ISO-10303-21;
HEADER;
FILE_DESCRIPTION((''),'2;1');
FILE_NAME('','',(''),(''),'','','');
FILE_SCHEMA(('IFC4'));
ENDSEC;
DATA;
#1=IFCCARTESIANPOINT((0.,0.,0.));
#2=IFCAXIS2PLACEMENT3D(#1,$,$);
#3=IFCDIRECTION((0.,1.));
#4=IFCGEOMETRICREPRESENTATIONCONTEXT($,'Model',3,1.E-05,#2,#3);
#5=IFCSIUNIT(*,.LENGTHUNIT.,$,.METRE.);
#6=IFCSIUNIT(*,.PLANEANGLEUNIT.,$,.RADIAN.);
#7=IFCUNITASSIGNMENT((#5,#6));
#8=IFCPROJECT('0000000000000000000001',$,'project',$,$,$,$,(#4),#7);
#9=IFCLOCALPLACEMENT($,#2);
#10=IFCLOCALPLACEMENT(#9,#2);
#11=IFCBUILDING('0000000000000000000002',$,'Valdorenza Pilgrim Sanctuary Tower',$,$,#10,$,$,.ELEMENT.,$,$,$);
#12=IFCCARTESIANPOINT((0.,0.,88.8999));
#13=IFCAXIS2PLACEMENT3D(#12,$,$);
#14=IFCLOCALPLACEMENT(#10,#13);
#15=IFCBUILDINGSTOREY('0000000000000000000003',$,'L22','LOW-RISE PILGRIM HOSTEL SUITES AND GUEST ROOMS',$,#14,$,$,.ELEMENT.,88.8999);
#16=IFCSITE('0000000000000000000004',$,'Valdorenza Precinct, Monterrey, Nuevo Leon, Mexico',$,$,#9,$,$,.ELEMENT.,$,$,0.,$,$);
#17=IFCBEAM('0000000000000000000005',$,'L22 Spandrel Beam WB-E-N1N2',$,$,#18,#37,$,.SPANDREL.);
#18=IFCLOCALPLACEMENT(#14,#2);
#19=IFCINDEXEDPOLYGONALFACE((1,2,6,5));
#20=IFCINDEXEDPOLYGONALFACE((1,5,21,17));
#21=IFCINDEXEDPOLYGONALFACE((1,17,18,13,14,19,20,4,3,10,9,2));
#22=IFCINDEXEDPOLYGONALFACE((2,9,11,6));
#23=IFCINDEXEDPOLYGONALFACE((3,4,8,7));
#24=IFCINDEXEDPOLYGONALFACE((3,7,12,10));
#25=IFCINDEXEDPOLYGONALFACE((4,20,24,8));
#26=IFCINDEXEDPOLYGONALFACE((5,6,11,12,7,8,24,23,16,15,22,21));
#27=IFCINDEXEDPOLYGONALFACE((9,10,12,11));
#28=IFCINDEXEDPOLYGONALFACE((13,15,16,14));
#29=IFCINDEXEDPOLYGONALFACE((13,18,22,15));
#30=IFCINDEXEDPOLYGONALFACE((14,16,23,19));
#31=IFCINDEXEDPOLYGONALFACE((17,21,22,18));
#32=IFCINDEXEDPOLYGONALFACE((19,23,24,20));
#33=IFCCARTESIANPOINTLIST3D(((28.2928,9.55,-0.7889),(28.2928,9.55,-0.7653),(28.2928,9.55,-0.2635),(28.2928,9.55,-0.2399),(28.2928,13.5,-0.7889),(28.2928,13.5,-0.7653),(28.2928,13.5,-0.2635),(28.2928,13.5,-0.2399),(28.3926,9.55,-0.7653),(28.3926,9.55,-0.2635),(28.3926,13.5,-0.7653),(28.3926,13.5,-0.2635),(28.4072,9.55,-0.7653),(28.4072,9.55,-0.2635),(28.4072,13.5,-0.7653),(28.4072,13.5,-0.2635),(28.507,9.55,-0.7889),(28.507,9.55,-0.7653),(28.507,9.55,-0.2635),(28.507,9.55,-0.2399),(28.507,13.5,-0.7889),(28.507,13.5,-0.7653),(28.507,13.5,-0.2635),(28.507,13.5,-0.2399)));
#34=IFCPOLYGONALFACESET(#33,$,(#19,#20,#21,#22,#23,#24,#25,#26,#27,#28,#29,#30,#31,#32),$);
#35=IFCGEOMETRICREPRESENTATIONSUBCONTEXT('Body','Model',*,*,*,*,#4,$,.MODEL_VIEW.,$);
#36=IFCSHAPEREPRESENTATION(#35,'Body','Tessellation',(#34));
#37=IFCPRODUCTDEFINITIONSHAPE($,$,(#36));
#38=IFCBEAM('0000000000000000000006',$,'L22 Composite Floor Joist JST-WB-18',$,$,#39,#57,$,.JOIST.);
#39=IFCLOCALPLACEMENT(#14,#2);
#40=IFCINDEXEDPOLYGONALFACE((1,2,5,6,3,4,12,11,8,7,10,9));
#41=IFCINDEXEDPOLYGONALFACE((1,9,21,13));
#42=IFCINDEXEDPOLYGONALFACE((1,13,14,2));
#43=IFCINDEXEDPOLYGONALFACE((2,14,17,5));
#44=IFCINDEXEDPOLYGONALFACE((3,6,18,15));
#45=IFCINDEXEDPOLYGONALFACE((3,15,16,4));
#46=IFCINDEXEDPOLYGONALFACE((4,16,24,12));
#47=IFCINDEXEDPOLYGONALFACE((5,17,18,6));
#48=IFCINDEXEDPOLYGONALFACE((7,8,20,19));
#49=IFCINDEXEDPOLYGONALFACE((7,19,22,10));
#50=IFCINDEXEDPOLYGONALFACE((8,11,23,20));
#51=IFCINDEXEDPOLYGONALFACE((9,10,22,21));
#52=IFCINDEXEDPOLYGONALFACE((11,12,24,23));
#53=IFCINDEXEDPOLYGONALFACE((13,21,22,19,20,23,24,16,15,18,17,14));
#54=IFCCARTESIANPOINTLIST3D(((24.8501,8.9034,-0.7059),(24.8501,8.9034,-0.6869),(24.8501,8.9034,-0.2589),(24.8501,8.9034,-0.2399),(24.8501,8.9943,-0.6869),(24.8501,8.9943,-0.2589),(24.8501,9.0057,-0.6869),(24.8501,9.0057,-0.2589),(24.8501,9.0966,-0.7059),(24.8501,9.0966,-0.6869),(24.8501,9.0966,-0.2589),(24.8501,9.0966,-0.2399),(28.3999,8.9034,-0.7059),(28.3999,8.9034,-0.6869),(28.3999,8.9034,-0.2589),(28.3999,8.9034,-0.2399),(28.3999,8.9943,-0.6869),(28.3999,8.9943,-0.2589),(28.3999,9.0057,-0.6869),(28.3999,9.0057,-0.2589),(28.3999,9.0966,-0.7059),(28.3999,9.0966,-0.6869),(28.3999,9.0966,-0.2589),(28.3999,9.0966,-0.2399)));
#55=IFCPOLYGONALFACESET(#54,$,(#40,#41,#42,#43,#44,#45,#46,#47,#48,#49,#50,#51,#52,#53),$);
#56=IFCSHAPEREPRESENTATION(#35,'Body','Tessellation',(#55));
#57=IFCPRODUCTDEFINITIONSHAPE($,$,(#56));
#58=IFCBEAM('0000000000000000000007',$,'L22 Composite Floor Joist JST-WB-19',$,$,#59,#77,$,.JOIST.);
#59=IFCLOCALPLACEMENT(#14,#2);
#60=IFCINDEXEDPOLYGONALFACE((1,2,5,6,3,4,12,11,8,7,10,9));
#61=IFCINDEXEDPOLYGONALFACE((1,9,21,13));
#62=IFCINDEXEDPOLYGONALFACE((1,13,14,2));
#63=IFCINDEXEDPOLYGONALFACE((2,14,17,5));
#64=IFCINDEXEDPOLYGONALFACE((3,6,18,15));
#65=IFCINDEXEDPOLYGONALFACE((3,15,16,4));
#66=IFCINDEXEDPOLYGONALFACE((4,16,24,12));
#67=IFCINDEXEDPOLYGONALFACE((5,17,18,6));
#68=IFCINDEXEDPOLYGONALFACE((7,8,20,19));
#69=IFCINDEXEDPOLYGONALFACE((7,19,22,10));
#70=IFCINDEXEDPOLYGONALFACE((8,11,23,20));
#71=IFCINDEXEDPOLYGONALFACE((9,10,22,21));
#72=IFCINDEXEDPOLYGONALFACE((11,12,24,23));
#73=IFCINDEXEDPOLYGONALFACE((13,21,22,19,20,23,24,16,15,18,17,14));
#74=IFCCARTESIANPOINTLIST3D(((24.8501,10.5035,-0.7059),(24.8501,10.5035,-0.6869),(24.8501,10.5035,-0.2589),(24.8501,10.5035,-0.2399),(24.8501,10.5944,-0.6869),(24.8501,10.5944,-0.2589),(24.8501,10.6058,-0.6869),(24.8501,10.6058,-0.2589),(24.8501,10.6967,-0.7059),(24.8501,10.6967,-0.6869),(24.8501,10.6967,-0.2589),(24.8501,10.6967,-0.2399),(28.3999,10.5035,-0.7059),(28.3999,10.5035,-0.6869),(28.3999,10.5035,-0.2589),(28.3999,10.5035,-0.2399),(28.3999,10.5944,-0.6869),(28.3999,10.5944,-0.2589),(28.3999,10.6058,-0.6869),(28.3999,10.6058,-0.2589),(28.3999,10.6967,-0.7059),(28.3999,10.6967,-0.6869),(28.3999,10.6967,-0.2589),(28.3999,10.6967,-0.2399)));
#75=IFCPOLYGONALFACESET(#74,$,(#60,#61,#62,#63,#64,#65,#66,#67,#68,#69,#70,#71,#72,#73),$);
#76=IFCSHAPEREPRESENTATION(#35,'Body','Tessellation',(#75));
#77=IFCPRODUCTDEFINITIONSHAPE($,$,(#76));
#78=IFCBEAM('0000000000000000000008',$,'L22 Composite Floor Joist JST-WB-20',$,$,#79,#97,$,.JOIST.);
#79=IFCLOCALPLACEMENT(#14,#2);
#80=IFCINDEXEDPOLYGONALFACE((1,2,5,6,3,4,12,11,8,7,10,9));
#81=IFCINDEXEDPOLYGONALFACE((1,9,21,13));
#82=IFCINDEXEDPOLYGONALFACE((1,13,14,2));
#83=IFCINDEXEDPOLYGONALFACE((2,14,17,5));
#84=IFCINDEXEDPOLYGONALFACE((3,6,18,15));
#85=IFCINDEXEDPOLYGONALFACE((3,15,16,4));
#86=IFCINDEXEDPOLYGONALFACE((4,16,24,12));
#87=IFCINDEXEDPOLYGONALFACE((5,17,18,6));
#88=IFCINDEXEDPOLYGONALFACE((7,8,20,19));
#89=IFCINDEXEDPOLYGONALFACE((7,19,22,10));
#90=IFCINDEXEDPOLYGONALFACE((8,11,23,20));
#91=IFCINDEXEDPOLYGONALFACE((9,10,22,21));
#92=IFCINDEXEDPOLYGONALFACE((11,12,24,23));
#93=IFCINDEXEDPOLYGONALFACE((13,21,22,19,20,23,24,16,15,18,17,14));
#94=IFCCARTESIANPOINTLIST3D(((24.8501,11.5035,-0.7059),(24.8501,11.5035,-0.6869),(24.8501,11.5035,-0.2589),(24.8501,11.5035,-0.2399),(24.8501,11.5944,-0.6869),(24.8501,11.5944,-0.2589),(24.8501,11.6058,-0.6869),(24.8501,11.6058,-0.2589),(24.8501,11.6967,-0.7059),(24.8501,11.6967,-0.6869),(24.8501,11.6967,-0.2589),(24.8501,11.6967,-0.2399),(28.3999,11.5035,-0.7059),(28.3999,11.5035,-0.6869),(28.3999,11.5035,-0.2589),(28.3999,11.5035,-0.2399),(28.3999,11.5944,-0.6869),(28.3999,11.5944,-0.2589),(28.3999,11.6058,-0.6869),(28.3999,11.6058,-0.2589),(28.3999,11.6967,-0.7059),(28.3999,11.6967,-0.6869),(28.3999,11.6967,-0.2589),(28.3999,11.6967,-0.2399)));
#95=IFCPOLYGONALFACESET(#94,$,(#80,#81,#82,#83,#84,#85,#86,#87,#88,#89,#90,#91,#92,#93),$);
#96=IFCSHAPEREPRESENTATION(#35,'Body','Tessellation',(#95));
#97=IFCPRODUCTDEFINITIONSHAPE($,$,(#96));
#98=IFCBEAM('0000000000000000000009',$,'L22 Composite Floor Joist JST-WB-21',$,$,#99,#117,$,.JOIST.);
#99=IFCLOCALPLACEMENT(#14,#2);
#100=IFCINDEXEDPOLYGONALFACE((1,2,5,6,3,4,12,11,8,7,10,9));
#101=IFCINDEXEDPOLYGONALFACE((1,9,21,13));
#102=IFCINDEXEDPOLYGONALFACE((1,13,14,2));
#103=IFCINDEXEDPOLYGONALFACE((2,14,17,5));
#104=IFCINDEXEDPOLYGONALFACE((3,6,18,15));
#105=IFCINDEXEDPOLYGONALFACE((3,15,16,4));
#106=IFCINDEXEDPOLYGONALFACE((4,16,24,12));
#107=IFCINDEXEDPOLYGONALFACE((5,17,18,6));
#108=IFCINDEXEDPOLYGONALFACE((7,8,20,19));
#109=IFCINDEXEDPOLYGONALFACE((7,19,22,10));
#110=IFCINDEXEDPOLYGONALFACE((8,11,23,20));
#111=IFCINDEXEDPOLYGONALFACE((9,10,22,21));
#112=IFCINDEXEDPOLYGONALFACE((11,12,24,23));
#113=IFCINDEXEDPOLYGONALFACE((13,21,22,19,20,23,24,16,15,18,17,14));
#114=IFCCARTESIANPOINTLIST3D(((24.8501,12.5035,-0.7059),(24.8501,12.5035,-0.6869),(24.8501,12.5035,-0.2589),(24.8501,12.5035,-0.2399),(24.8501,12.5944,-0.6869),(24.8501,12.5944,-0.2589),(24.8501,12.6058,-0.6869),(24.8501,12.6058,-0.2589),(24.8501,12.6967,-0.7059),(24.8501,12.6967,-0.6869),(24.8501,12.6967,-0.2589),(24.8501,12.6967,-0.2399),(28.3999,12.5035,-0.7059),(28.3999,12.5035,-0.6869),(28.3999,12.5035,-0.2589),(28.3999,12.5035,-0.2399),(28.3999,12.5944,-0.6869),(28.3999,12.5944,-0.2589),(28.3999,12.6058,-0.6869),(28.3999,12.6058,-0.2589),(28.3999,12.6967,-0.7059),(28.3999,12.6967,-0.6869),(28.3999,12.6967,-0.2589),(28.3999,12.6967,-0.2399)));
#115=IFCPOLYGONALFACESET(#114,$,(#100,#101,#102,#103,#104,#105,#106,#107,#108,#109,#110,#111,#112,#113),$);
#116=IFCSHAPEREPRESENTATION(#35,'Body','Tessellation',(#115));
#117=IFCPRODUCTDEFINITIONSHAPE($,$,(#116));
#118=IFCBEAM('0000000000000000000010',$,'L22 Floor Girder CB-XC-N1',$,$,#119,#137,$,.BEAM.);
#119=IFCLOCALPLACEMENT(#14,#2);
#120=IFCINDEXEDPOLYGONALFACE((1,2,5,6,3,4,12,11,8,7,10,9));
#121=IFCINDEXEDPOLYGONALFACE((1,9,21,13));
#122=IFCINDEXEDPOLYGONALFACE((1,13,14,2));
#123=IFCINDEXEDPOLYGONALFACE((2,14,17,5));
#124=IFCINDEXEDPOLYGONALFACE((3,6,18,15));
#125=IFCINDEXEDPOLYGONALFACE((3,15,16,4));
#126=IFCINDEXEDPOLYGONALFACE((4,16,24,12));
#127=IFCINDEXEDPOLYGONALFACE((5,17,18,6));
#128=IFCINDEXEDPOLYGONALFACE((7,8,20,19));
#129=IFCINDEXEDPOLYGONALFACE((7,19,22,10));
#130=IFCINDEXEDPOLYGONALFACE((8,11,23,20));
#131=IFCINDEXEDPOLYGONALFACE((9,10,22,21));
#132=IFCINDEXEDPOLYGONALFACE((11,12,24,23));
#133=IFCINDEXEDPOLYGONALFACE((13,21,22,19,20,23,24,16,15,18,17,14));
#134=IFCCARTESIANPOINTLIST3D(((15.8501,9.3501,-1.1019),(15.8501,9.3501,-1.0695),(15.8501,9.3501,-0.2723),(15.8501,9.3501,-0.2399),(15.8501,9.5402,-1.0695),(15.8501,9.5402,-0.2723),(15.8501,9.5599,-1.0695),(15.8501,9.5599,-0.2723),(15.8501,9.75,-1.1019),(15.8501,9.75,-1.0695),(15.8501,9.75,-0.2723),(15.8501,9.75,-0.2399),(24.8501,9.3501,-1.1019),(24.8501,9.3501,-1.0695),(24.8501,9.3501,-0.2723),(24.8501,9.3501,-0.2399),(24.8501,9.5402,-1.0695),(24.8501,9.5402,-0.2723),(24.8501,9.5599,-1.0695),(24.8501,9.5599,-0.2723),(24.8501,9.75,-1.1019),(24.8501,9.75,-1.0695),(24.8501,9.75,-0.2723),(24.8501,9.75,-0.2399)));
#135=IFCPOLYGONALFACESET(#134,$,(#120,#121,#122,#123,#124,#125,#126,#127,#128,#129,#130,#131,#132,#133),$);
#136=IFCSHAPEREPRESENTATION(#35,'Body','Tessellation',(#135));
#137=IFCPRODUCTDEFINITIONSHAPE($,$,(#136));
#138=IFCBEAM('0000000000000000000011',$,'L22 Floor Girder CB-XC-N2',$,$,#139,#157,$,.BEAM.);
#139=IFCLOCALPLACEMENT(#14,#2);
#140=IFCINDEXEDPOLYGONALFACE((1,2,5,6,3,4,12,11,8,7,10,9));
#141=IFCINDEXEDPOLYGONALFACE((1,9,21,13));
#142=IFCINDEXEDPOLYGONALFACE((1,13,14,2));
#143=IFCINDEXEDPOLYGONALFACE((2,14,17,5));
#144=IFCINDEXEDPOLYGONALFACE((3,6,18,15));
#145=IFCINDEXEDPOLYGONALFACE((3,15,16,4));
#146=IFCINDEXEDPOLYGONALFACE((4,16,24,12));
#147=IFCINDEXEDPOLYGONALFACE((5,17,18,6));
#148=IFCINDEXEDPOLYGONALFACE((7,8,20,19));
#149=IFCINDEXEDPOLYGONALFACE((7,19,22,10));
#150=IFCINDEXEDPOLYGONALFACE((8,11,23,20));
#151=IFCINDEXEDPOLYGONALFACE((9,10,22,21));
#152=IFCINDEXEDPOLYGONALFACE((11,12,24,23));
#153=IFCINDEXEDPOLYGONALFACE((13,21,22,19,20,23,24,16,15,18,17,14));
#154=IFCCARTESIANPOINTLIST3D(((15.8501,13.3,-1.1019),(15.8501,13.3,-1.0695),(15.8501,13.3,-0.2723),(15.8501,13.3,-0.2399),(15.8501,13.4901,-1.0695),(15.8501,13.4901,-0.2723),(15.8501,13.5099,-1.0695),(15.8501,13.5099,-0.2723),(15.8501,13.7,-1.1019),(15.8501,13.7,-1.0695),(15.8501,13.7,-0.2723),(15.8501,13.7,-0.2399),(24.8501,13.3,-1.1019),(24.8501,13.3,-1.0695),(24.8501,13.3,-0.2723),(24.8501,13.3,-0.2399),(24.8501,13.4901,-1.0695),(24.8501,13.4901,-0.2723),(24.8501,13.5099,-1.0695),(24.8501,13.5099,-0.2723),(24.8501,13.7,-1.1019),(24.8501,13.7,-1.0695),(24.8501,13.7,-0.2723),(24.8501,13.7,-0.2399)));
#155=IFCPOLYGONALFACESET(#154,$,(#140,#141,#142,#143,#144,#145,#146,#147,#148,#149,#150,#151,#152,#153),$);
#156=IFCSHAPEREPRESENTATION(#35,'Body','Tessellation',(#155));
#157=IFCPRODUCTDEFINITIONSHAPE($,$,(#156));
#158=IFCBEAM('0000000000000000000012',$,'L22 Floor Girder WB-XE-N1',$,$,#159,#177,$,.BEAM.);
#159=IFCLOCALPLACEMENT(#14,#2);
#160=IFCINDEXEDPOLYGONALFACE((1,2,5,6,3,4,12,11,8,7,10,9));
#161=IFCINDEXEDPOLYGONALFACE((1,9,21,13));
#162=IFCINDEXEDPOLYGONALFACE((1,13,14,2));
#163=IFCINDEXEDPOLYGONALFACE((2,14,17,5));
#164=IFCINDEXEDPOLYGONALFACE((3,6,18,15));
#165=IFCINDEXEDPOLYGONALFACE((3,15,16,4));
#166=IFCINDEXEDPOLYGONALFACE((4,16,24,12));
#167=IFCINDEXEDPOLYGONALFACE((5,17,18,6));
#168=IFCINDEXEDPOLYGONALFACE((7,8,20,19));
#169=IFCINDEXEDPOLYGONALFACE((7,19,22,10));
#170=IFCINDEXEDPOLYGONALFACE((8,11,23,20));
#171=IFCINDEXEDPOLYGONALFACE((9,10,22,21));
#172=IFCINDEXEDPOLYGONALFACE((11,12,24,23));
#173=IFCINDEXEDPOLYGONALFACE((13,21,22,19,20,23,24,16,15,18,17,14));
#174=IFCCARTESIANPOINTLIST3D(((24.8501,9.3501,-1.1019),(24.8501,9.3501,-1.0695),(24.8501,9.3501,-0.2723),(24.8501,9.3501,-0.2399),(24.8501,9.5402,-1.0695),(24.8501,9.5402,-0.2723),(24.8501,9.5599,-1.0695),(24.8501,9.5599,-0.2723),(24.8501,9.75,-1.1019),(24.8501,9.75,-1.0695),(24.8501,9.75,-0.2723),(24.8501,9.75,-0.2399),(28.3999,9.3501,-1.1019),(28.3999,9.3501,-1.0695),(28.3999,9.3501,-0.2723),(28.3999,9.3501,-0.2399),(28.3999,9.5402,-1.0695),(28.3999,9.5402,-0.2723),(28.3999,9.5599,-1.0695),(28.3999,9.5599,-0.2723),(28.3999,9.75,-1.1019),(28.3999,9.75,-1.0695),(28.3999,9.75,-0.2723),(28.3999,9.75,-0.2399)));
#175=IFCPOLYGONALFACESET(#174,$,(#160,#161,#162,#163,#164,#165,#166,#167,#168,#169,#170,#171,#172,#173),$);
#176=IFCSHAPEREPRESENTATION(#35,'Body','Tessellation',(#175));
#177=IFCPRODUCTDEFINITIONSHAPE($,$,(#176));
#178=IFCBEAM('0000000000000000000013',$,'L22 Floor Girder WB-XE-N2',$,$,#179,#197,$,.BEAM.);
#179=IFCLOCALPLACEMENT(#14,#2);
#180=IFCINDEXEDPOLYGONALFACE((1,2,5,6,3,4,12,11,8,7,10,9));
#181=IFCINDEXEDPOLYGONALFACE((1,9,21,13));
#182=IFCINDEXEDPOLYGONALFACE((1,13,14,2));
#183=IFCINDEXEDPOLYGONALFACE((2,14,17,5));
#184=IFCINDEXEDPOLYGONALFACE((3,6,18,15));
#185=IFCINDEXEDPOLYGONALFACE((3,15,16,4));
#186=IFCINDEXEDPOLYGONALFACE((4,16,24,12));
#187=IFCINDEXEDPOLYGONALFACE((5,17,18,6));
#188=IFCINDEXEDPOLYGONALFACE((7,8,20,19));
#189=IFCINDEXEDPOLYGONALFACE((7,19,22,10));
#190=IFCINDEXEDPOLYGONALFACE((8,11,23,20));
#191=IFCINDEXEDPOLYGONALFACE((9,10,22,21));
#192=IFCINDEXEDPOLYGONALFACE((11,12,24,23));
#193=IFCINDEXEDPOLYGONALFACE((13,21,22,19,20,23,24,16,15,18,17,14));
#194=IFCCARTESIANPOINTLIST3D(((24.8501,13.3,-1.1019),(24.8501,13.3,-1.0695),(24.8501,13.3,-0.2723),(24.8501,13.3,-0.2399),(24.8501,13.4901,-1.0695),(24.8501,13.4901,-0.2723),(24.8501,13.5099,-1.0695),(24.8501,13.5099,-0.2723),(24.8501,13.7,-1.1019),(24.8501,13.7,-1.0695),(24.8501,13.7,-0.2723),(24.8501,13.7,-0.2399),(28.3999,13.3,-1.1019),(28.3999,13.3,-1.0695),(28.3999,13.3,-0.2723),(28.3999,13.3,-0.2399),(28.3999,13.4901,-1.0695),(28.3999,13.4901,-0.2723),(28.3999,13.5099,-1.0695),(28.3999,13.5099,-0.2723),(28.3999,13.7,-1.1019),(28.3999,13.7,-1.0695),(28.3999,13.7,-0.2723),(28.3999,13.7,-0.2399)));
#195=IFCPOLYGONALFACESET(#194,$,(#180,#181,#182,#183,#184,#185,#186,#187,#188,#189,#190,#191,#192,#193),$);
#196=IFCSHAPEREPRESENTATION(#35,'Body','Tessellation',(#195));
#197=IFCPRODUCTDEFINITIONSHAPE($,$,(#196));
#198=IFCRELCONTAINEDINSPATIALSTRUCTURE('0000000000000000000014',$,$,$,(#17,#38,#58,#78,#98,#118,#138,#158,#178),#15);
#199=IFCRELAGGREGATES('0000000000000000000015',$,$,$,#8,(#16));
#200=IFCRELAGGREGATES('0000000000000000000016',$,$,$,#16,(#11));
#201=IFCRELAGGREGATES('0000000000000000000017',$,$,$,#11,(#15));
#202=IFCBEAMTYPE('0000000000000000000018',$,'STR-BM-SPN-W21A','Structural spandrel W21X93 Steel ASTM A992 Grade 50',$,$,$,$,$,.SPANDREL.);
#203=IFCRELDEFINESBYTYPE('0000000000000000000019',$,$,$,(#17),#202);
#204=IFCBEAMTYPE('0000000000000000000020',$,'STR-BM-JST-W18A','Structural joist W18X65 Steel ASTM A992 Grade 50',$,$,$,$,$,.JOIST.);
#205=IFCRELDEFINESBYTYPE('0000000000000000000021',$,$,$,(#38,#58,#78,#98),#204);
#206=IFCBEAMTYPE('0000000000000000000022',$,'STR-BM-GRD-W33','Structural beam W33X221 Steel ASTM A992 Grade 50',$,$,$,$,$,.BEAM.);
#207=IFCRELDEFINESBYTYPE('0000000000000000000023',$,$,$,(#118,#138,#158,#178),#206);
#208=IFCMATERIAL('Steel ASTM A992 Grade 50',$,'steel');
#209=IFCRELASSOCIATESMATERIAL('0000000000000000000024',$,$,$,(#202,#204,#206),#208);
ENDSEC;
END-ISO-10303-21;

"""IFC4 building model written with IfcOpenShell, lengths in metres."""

from ifc_helpers import new_model, si_unit, direction, frame, origin, origin_2d, place, context, subcontext, project, spatial, i_section, extrude, source, transform, mapped, material, material_profile, profile_set, type_object, element, save


model = new_model("IFC4")

# Units and contexts
model_context = context("Model", 3, precision=1e-05, world=origin(), true_north=direction((0.0, 1.0)))
body_context = subcontext(model_context, "Body", "Model", "MODEL_VIEW")
ifc_project = project(units=[si_unit("LENGTHUNIT", "METRE"), si_unit("PLANEANGLEUNIT", "RADIAN")], contexts=[model_context])

# Site, building, storey
site_placement = place(None, origin())
site = spatial("IfcSite", under=ifc_project, at=site_placement, Name="Valdorenza Precinct, Monterrey, Nuevo Leon, Mexico", CompositionType="ELEMENT", RefElevation=0.0)
building_placement = place(site_placement, origin())
building = spatial("IfcBuilding", under=site, at=building_placement, Name="Valdorenza Pilgrim Sanctuary Tower", CompositionType="ELEMENT")
storey_placement = place(building_placement, frame((0.0, 0.0, 88.8999)))
storey = spatial("IfcBuildingStorey", under=building, at=storey_placement, Name="L22", Description="LOW-RISE PILGRIM HOSTEL SUITES AND GUEST ROOMS", CompositionType="ELEMENT", Elevation=88.8999)

# Beams
ifc_material_1 = material(Name="Steel ASTM A992 Grade 50", Category="steel")
ifc_material_profile_1 = material_profile(ifc_material_1, i_section(OverallWidth=0.2141, OverallDepth=0.5491, WebThickness=0.0146, FlangeThickness=0.0237, at=origin_2d()), Name="W21X93")
ifc_profile_set_1 = profile_set([ifc_material_profile_1], Name="Steel ASTM A992 Grade 50")
beam_type_1 = type_object("IfcBeamType", Name="STR-BM-SPN-W21A", Description="Structural spandrel W21X93 Steel ASTM A992 Grade 50", PredefinedType="SPANDREL", material=ifc_profile_set_1)
shared_shape_1 = source(origin(), body_context, "Body", "SweptSolid", [
    extrude(i_section(OverallWidth=0.2141, OverallDepth=0.5491, WebThickness=0.0146, FlangeThickness=0.0237, at=origin_2d()), origin(), (0.0, 0.0, 1.0), 3.95),
])
beam_placement = place(storey_placement, frame((28.3999, 9.55, -0.5144), z_axis=(0.0, 1.0, 0.0), x_axis=(-1.0, 0.0, 0.0)))
element("IfcBeam", 1, at=beam_placement, inside=storey, type_object=beam_type_1, Name="L22 Spandrel Beam WB-E-N1N2", PredefinedType="SPANDREL", context=body_context, shape_type="MappedRepresentation", body=[
    mapped(shared_shape_1, transform((0.0, 0.0, 0.0), x_axis=(1.0, 0.0, 0.0), y_axis=(0.0, 1.0, 0.0), z_axis=(0.0, 0.0, 1.0), scale=1.0)),
])
ifc_material_profile_2 = material_profile(ifc_material_1, i_section(OverallWidth=0.1931, OverallDepth=0.4661, WebThickness=0.0115, FlangeThickness=0.019, at=origin_2d()), Name="W18X65")
ifc_profile_set_2 = profile_set([ifc_material_profile_2], Name="Steel ASTM A992 Grade 50")
beam_type_2 = type_object("IfcBeamType", Name="STR-BM-JST-W18A", Description="Structural joist W18X65 Steel ASTM A992 Grade 50", PredefinedType="JOIST", material=ifc_profile_set_2)
shared_shape_2 = source(origin(), body_context, "Body", "SweptSolid", [
    extrude(i_section(OverallWidth=0.1931, OverallDepth=0.4661, WebThickness=0.0115, FlangeThickness=0.019, at=origin_2d()), origin(), (0.0, 0.0, 1.0), 3.5498),
])
for number, where, z_axis, x_axis, name in (
    (2, (24.8501, 9.0, -0.4729), (1.0, 0.0, 0.0), (0.0, 1.0, 0.0), "L22 Composite Floor Joist JST-WB-18"),
    (3, (24.8501, 10.6001, -0.4729), (1.0, 0.0, 0.0), (0.0, 1.0, 0.0), "L22 Composite Floor Joist JST-WB-19"),
    (4, (24.8501, 11.6001, -0.4729), (1.0, 0.0, 0.0), (0.0, 1.0, 0.0), "L22 Composite Floor Joist JST-WB-20"),
    (5, (24.8501, 12.6001, -0.4729), (1.0, 0.0, 0.0), (0.0, 1.0, 0.0), "L22 Composite Floor Joist JST-WB-21"),
):
    element("IfcBeam", number, at=place(storey_placement, frame(where, z_axis=z_axis, x_axis=x_axis)), inside=storey, type_object=beam_type_2, Name=name, PredefinedType="JOIST", context=body_context, shape_type="MappedRepresentation", body=[
        mapped(shared_shape_2, transform((0.0, 0.0, 0.0), x_axis=(1.0, 0.0, 0.0), y_axis=(0.0, 1.0, 0.0), z_axis=(0.0, 0.0, 1.0), scale=1.0)),
    ])
ifc_material_profile_3 = material_profile(ifc_material_1, i_section(OverallWidth=0.3999, OverallDepth=0.8621, WebThickness=0.0198, FlangeThickness=0.0325, at=origin_2d()), Name="W33X221")
ifc_profile_set_3 = profile_set([ifc_material_profile_3], Name="Steel ASTM A992 Grade 50")
beam_type_3 = type_object("IfcBeamType", Name="STR-BM-GRD-W33", Description="Structural beam W33X221 Steel ASTM A992 Grade 50", PredefinedType="BEAM", material=ifc_profile_set_3)
shared_shape_3 = source(origin(), body_context, "Body", "SweptSolid", [
    extrude(i_section(OverallWidth=0.3999, OverallDepth=0.8621, WebThickness=0.0198, FlangeThickness=0.0325, at=origin_2d()), origin(), (0.0, 0.0, 1.0), 9.0),
])
for number, where, z_axis, x_axis, name in (
    (6, (15.8501, 9.55, -0.6709), (1.0, 0.0, 0.0), (0.0, 1.0, 0.0), "L22 Floor Girder CB-XC-N1"),
    (7, (15.8501, 13.5, -0.6709), (1.0, 0.0, 0.0), (0.0, 1.0, 0.0), "L22 Floor Girder CB-XC-N2"),
):
    element("IfcBeam", number, at=place(storey_placement, frame(where, z_axis=z_axis, x_axis=x_axis)), inside=storey, type_object=beam_type_3, Name=name, PredefinedType="BEAM", context=body_context, shape_type="MappedRepresentation", body=[
        mapped(shared_shape_3, transform((0.0, 0.0, 0.0), x_axis=(1.0, 0.0, 0.0), y_axis=(0.0, 1.0, 0.0), z_axis=(0.0, 0.0, 1.0), scale=1.0)),
    ])
shared_shape_4 = source(origin(), body_context, "Body", "SweptSolid", [
    extrude(i_section(OverallWidth=0.3999, OverallDepth=0.8621, WebThickness=0.0198, FlangeThickness=0.0325, at=origin_2d()), origin(), (0.0, 0.0, 1.0), 3.5498),
])
for number, where, z_axis, x_axis, name in (
    (8, (24.8501, 9.55, -0.6709), (1.0, 0.0, 0.0), (0.0, 1.0, 0.0), "L22 Floor Girder WB-XE-N1"),
    (9, (24.8501, 13.5, -0.6709), (1.0, 0.0, 0.0), (0.0, 1.0, 0.0), "L22 Floor Girder WB-XE-N2"),
):
    element("IfcBeam", number, at=place(storey_placement, frame(where, z_axis=z_axis, x_axis=x_axis)), inside=storey, type_object=beam_type_3, Name=name, PredefinedType="BEAM", context=body_context, shape_type="MappedRepresentation", body=[
        mapped(shared_shape_4, transform((0.0, 0.0, 0.0), x_axis=(1.0, 0.0, 0.0), y_axis=(0.0, 1.0, 0.0), z_axis=(0.0, 0.0, 1.0), scale=1.0)),
    ])

save(model, "model.ifc")
